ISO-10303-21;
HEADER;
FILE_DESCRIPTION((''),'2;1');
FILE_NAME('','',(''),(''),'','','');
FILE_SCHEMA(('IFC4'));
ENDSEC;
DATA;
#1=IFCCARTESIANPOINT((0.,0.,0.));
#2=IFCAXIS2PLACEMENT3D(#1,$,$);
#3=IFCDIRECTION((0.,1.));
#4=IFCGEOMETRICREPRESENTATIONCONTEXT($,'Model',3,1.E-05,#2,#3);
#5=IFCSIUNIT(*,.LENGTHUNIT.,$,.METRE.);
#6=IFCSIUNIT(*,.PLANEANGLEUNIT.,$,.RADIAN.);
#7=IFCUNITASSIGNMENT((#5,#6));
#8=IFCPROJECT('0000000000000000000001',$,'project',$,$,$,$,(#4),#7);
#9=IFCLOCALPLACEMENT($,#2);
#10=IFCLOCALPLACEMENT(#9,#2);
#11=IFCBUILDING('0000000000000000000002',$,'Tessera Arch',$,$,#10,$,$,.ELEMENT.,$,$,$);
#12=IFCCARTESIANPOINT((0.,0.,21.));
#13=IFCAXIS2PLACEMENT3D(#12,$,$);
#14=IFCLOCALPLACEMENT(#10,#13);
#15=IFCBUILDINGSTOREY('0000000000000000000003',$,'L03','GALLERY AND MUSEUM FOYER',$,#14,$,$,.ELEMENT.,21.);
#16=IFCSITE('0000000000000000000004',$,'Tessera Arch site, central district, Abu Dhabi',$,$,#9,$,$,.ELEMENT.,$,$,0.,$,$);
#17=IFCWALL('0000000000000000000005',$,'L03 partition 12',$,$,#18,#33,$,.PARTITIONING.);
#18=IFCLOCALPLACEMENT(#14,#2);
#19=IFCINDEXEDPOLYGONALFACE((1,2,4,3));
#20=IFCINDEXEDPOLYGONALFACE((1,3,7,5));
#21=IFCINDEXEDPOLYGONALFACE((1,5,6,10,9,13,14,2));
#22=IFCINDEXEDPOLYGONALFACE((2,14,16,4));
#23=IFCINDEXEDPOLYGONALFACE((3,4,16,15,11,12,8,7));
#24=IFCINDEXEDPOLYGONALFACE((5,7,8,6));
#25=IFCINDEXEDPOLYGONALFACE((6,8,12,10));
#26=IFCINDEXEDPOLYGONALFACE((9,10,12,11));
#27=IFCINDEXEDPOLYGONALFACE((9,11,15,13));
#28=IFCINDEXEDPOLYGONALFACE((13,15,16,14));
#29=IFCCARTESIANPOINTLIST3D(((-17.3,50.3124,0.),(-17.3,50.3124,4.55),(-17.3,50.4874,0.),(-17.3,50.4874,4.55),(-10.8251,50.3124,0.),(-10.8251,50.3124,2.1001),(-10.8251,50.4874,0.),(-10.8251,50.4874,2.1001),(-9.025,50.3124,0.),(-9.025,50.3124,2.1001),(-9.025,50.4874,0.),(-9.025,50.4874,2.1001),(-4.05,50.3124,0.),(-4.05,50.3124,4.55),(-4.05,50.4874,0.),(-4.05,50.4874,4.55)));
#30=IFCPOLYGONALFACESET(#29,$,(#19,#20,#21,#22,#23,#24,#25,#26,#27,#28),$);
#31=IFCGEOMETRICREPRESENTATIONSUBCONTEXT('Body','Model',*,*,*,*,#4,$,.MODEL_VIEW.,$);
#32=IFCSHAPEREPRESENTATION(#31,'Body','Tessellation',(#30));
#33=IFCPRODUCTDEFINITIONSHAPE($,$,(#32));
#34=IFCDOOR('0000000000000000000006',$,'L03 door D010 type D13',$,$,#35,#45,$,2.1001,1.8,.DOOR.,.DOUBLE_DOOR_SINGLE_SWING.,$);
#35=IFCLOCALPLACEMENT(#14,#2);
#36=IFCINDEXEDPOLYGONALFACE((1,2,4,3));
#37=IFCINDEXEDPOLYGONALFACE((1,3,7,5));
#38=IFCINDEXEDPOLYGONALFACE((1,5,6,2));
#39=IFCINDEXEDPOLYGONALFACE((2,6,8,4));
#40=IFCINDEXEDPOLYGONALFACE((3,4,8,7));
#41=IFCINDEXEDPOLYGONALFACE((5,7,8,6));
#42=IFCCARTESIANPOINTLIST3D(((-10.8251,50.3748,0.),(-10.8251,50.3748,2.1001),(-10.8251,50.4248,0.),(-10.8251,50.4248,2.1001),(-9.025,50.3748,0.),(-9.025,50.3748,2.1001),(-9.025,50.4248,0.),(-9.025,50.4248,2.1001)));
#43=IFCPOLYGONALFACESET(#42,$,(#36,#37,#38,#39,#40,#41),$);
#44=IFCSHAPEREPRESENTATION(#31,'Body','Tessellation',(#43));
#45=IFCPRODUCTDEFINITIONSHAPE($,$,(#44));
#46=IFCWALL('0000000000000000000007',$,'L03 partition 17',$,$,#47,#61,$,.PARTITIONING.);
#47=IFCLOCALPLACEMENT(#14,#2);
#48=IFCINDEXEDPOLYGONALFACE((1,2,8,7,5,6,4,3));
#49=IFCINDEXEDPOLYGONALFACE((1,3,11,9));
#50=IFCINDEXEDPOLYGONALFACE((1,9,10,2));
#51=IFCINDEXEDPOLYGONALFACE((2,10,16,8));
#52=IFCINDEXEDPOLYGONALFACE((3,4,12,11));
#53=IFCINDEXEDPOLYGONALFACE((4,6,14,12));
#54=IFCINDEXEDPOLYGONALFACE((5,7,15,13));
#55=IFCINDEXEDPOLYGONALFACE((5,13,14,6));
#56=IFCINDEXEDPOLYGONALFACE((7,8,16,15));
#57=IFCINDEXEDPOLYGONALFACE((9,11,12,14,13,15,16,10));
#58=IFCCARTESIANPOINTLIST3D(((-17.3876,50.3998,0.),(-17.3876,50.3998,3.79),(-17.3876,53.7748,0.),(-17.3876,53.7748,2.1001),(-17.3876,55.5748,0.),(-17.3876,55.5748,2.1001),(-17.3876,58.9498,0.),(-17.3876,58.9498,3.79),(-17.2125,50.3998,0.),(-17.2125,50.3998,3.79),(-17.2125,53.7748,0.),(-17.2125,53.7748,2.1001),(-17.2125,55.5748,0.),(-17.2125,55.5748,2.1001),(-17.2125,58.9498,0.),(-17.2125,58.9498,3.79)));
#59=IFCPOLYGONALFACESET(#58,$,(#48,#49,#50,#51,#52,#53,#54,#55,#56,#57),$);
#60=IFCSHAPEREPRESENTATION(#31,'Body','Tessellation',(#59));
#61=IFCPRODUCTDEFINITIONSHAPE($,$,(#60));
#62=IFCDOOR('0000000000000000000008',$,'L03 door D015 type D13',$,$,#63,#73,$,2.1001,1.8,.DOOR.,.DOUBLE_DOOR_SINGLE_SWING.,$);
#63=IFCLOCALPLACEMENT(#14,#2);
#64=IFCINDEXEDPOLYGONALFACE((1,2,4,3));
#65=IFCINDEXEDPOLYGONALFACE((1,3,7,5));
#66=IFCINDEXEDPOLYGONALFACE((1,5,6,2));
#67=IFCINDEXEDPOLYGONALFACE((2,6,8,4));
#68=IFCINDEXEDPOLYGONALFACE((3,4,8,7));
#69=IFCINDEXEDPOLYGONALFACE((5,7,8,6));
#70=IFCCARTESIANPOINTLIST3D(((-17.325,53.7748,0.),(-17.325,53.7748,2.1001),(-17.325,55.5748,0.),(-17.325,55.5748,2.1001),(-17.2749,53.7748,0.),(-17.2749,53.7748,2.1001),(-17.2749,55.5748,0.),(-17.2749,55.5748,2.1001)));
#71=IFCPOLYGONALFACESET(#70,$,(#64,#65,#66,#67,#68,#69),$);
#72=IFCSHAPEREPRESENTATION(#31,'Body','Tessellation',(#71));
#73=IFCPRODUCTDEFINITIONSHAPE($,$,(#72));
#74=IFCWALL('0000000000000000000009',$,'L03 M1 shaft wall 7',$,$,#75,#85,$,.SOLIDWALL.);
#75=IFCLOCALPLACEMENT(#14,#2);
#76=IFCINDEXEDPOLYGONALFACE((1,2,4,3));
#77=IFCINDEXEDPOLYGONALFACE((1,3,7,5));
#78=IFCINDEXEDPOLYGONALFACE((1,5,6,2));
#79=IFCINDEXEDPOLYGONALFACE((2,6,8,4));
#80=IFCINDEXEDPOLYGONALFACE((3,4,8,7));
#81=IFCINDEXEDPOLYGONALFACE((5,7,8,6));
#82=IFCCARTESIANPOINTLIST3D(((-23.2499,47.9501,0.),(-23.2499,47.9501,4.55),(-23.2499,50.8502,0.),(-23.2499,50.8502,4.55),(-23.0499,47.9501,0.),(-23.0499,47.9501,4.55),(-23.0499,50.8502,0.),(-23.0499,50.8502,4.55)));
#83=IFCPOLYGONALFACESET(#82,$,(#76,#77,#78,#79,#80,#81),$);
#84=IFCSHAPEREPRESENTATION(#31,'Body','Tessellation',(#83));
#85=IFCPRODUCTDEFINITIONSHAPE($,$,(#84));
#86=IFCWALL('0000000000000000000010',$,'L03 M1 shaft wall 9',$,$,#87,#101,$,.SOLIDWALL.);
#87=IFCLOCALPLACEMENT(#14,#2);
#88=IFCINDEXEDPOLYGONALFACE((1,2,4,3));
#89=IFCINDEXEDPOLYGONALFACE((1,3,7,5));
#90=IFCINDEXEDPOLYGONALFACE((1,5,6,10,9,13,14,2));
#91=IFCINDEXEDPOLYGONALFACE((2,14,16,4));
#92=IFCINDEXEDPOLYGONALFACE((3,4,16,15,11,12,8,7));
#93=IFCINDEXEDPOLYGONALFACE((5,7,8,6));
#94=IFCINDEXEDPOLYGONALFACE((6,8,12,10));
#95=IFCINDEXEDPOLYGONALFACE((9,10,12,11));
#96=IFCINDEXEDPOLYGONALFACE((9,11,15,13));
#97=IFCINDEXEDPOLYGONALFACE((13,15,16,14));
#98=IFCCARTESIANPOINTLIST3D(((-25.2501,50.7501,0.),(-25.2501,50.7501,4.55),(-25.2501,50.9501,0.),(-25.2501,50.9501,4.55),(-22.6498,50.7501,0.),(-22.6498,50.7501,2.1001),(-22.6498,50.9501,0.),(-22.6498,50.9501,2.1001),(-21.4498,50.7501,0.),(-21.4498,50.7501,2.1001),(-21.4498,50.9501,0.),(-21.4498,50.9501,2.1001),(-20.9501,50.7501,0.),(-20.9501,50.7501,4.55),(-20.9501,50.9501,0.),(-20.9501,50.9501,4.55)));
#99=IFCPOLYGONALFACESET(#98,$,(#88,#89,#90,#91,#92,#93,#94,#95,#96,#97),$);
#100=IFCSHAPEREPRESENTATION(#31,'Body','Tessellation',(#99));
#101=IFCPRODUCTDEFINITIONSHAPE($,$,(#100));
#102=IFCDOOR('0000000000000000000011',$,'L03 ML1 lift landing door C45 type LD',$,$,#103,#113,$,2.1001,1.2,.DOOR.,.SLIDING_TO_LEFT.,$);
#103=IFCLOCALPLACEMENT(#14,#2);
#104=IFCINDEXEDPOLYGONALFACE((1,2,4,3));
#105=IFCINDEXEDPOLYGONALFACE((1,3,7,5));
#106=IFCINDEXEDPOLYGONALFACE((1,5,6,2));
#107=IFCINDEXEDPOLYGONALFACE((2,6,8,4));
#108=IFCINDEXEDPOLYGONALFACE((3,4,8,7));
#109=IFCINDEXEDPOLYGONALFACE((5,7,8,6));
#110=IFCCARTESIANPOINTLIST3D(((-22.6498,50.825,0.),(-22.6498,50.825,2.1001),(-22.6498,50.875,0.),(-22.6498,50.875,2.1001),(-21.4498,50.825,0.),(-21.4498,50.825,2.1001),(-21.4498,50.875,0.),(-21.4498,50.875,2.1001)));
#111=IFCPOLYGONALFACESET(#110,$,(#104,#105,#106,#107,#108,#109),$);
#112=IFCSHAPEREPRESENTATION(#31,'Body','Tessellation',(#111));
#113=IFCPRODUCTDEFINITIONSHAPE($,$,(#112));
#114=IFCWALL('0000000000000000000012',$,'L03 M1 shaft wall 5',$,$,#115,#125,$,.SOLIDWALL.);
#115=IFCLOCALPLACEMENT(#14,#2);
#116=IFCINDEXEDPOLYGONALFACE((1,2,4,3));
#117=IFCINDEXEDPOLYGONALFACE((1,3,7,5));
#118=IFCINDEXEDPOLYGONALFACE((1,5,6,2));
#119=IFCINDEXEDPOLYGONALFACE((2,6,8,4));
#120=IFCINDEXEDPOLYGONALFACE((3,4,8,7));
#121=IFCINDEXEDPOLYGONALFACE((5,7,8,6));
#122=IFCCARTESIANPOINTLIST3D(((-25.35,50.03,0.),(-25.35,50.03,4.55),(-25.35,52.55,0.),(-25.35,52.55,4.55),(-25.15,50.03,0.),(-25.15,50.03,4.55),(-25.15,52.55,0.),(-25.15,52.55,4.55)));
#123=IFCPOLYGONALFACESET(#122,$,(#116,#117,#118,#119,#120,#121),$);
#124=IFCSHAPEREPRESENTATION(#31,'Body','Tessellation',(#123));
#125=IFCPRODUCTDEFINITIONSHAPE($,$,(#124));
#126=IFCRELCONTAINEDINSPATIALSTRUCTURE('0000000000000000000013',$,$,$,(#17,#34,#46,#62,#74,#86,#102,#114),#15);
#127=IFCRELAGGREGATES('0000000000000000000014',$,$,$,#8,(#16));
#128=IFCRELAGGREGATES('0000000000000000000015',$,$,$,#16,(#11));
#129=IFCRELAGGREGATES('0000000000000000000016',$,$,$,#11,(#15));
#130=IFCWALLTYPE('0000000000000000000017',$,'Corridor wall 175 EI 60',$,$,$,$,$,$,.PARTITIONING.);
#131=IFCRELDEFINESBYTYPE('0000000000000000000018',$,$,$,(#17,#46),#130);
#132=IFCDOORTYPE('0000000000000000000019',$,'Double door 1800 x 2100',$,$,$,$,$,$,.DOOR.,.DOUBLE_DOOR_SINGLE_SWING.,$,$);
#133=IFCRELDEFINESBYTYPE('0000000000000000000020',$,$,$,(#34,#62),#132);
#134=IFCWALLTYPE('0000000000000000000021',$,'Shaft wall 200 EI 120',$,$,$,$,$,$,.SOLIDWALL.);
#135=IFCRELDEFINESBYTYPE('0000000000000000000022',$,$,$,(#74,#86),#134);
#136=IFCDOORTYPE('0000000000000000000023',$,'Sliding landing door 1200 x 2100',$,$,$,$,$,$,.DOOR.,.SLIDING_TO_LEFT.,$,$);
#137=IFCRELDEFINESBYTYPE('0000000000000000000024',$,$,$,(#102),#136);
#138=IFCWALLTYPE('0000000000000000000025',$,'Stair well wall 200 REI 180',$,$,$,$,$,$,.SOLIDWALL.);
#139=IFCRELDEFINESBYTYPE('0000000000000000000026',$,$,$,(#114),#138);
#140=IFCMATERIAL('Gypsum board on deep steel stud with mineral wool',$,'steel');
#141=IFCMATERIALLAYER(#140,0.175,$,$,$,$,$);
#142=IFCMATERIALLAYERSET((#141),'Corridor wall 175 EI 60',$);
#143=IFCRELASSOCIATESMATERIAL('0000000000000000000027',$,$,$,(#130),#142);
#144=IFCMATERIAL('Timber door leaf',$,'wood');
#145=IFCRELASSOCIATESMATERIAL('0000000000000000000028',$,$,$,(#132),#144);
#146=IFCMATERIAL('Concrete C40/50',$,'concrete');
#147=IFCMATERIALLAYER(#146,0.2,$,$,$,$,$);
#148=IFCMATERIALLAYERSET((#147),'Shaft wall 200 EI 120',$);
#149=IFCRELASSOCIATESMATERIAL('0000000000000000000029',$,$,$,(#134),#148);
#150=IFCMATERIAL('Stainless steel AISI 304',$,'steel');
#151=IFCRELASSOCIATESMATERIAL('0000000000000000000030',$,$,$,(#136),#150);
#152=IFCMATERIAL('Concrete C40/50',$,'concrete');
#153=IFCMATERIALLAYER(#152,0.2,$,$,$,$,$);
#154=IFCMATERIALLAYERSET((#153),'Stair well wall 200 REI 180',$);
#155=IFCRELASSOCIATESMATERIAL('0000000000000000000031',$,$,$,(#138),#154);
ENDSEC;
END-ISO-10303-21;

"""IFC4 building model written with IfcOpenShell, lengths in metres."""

from ifc_helpers import new_model, si_unit, direction, frame, frame_2d, origin, place, context, subcontext, project, spatial, rectangle, extrude, material, layer, layer_set, type_object, element, fill, save


model = new_model("IFC4")

# Units and contexts
model_context = context("Model", 3, precision=1e-05, world=origin(), true_north=direction((0.0, 1.0)))
body_context = subcontext(model_context, "Body", "Model", "MODEL_VIEW")
ifc_project = project(units=[si_unit("LENGTHUNIT", "METRE"), si_unit("PLANEANGLEUNIT", "RADIAN")], contexts=[model_context])

# Site, building, storey
site_placement = place(None, origin())
site = spatial("IfcSite", under=ifc_project, at=site_placement, Name="Tessera Arch site, central district, Abu Dhabi", CompositionType="ELEMENT", RefElevation=0.0)
building_placement = place(site_placement, origin())
building = spatial("IfcBuilding", under=site, at=building_placement, Name="Tessera Arch", CompositionType="ELEMENT")
storey_placement = place(building_placement, frame((0.0, 0.0, 21.0)))
storey = spatial("IfcBuildingStorey", under=building, at=storey_placement, Name="L03", Description="GALLERY AND MUSEUM FOYER", CompositionType="ELEMENT", Elevation=21.0)

# Walls, openings, doors
ifc_material_1 = material(Name="Gypsum board on deep steel stud with mineral wool", Category="steel")
ifc_layer_1 = layer(ifc_material_1, 0.175)
ifc_layer_set_1 = layer_set([ifc_layer_1], Name="Corridor wall 175 EI 60")
wall_type_1 = type_object("IfcWallType", Name="Corridor wall 175 EI 60", PredefinedType="PARTITIONING", material=ifc_layer_set_1)
wall_1_placement = place(storey_placement, frame((-17.3, 50.3999, 0.0), z_axis=(0.0, 0.0, 1.0), x_axis=(1.0, 0.0, 0.0)))
wall_1 = element("IfcWall", 1, at=wall_1_placement, inside=storey, type_object=wall_type_1, Name="L03 partition 12", PredefinedType="PARTITIONING", context=body_context, shape_type="SweptSolid", body=[
    extrude(rectangle(XDim=13.25, YDim=0.175, at=frame_2d((6.625, 0.0))), origin(), (0.0, 0.0, 1.0), 4.55),
])
opening_1_placement = place(wall_1_placement, frame((6.4751, 0.0, 0.0)))
opening_1 = element("IfcOpeningElement", 2, at=opening_1_placement, cuts=wall_1, PredefinedType="OPENING", context=body_context, shape_type="SweptSolid", body=[
    extrude(rectangle(XDim=1.8, YDim=2.1001, at=frame_2d((0.8999, 1.05))), frame((0.0, 0.0974, 0.0), z_axis=(0.0, -1.0, 0.0), x_axis=(1.0, 0.0, 0.0)), (0.0, 0.0, 1.0), 0.1951),
])
ifc_material_2 = material(Name="Timber door leaf", Category="wood")
door_type_1 = type_object("IfcDoorType", Name="Double door 1800 x 2100", OperationType="DOUBLE_DOOR_SINGLE_SWING", PredefinedType="DOOR", material=ifc_material_2)
door_1_placement = place(opening_1_placement, origin())
door_1 = element("IfcDoor", 3, at=door_1_placement, inside=storey, type_object=door_type_1, Name="L03 door D010 type D13", OperationType="DOUBLE_DOOR_SINGLE_SWING", OverallHeight=2.1001, OverallWidth=1.8, PredefinedType="DOOR", context=body_context, shape_type="SweptSolid", body=[
    extrude(rectangle(XDim=1.8, YDim=2.1001, at=frame_2d((0.8999, 1.05))), frame((0.0, 0.0249, 0.0), z_axis=(0.0, -1.0, 0.0), x_axis=(1.0, 0.0, 0.0)), (0.0, 0.0, 1.0), 0.05),
])
fill(opening_1, door_1)
wall_2_placement = place(storey_placement, frame((-17.3, 50.3999, 0.0), z_axis=(0.0, 0.0, 1.0), x_axis=(0.0, 1.0, 0.0)))
wall_2 = element("IfcWall", 4, at=wall_2_placement, inside=storey, type_object=wall_type_1, Name="L03 partition 17", PredefinedType="PARTITIONING", context=body_context, shape_type="SweptSolid", body=[
    extrude(rectangle(XDim=8.55, YDim=0.175, at=frame_2d((4.2749, 0.0))), origin(), (0.0, 0.0, 1.0), 3.79),
])
opening_2_placement = place(wall_2_placement, frame((3.375, 0.0, 0.0)))
opening_2 = element("IfcOpeningElement", 5, at=opening_2_placement, cuts=wall_2, PredefinedType="OPENING", context=body_context, shape_type="SweptSolid", body=[
    extrude(rectangle(XDim=1.8, YDim=2.1001, at=frame_2d((0.8999, 1.05))), frame((0.0, 0.0974, 0.0), z_axis=(0.0, -1.0, 0.0), x_axis=(1.0, 0.0, 0.0)), (0.0, 0.0, 1.0), 0.1951),
])
door_2_placement = place(opening_2_placement, origin())
door_2 = element("IfcDoor", 6, at=door_2_placement, inside=storey, type_object=door_type_1, Name="L03 door D015 type D13", OperationType="DOUBLE_DOOR_SINGLE_SWING", OverallHeight=2.1001, OverallWidth=1.8, PredefinedType="DOOR", context=body_context, shape_type="SweptSolid", body=[
    extrude(rectangle(XDim=1.8, YDim=2.1001, at=frame_2d((0.8999, 1.05))), frame((0.0, 0.0249, 0.0), z_axis=(0.0, -1.0, 0.0), x_axis=(1.0, 0.0, 0.0)), (0.0, 0.0, 1.0), 0.05),
])
fill(opening_2, door_2)

# Wall
ifc_material_3 = material(Name="Concrete C40/50", Category="concrete")
ifc_layer_2 = layer(ifc_material_3, 0.2)
ifc_layer_set_2 = layer_set([ifc_layer_2], Name="Shaft wall 200 EI 120")
wall_type_2 = type_object("IfcWallType", Name="Shaft wall 200 EI 120", PredefinedType="SOLIDWALL", material=ifc_layer_set_2)
wall_3_placement = place(storey_placement, frame((-23.1499, 47.95, 0.0), z_axis=(0.0, 0.0, 1.0), x_axis=(0.0, 1.0, 0.0)))
element("IfcWall", 7, at=wall_3_placement, inside=storey, type_object=wall_type_2, Name="L03 M1 shaft wall 7", PredefinedType="SOLIDWALL", context=body_context, shape_type="SweptSolid", body=[
    extrude(rectangle(XDim=2.9001, YDim=0.2, at=frame_2d((1.4502, 0.0))), origin(), (0.0, 0.0, 1.0), 4.55),
])

# Wall, opening, door
wall_4_placement = place(storey_placement, frame((-25.25, 50.8501, 0.0), z_axis=(0.0, 0.0, 1.0), x_axis=(1.0, 0.0, 0.0)))
wall_4 = element("IfcWall", 8, at=wall_4_placement, inside=storey, type_object=wall_type_2, Name="L03 M1 shaft wall 9", PredefinedType="SOLIDWALL", context=body_context, shape_type="SweptSolid", body=[
    extrude(rectangle(XDim=4.3, YDim=0.2, at=frame_2d((2.1499, 0.0))), origin(), (0.0, 0.0, 1.0), 4.55),
])
opening_3_placement = place(wall_4_placement, frame((2.6001, 0.0, 0.0)))
opening_3 = element("IfcOpeningElement", 9, at=opening_3_placement, cuts=wall_4, PredefinedType="OPENING", context=body_context, shape_type="SweptSolid", body=[
    extrude(rectangle(XDim=1.2, YDim=2.1001, at=frame_2d((0.6001, 1.05))), frame((0.0, 0.1099, 0.0), z_axis=(0.0, -1.0, 0.0), x_axis=(1.0, 0.0, 0.0)), (0.0, 0.0, 1.0), 0.22),
])
ifc_material_4 = material(Name="Stainless steel AISI 304", Category="steel")
door_type_2 = type_object("IfcDoorType", Name="Sliding landing door 1200 x 2100", OperationType="SLIDING_TO_LEFT", PredefinedType="DOOR", material=ifc_material_4)
door_3_placement = place(opening_3_placement, origin())
door_3 = element("IfcDoor", 10, at=door_3_placement, inside=storey, type_object=door_type_2, Name="L03 ML1 lift landing door C45 type LD", OperationType="SLIDING_TO_LEFT", OverallHeight=2.1001, OverallWidth=1.2, PredefinedType="DOOR", context=body_context, shape_type="SweptSolid", body=[
    extrude(rectangle(XDim=1.2, YDim=2.1001, at=frame_2d((0.6001, 1.05))), frame((0.0, 0.0249, 0.0), z_axis=(0.0, -1.0, 0.0), x_axis=(1.0, 0.0, 0.0)), (0.0, 0.0, 1.0), 0.05),
])
fill(opening_3, door_3)

# Wall
ifc_material_5 = material(Name="Concrete C40/50", Category="concrete")
ifc_layer_3 = layer(ifc_material_5, 0.2)
ifc_layer_set_3 = layer_set([ifc_layer_3], Name="Stair well wall 200 REI 180")
wall_type_3 = type_object("IfcWallType", Name="Stair well wall 200 REI 180", PredefinedType="SOLIDWALL", material=ifc_layer_set_3)
wall_5_placement = place(storey_placement, frame((-25.25, 50.03, 0.0), z_axis=(0.0, 0.0, 1.0), x_axis=(0.0, 1.0, 0.0)))
element("IfcWall", 11, at=wall_5_placement, inside=storey, type_object=wall_type_3, Name="L03 M1 shaft wall 5", PredefinedType="SOLIDWALL", context=body_context, shape_type="SweptSolid", body=[
    extrude(rectangle(XDim=2.52, YDim=0.2, at=frame_2d((1.26, 0.0))), origin(), (0.0, 0.0, 1.0), 4.55),
])

save(model, "model.ifc")
